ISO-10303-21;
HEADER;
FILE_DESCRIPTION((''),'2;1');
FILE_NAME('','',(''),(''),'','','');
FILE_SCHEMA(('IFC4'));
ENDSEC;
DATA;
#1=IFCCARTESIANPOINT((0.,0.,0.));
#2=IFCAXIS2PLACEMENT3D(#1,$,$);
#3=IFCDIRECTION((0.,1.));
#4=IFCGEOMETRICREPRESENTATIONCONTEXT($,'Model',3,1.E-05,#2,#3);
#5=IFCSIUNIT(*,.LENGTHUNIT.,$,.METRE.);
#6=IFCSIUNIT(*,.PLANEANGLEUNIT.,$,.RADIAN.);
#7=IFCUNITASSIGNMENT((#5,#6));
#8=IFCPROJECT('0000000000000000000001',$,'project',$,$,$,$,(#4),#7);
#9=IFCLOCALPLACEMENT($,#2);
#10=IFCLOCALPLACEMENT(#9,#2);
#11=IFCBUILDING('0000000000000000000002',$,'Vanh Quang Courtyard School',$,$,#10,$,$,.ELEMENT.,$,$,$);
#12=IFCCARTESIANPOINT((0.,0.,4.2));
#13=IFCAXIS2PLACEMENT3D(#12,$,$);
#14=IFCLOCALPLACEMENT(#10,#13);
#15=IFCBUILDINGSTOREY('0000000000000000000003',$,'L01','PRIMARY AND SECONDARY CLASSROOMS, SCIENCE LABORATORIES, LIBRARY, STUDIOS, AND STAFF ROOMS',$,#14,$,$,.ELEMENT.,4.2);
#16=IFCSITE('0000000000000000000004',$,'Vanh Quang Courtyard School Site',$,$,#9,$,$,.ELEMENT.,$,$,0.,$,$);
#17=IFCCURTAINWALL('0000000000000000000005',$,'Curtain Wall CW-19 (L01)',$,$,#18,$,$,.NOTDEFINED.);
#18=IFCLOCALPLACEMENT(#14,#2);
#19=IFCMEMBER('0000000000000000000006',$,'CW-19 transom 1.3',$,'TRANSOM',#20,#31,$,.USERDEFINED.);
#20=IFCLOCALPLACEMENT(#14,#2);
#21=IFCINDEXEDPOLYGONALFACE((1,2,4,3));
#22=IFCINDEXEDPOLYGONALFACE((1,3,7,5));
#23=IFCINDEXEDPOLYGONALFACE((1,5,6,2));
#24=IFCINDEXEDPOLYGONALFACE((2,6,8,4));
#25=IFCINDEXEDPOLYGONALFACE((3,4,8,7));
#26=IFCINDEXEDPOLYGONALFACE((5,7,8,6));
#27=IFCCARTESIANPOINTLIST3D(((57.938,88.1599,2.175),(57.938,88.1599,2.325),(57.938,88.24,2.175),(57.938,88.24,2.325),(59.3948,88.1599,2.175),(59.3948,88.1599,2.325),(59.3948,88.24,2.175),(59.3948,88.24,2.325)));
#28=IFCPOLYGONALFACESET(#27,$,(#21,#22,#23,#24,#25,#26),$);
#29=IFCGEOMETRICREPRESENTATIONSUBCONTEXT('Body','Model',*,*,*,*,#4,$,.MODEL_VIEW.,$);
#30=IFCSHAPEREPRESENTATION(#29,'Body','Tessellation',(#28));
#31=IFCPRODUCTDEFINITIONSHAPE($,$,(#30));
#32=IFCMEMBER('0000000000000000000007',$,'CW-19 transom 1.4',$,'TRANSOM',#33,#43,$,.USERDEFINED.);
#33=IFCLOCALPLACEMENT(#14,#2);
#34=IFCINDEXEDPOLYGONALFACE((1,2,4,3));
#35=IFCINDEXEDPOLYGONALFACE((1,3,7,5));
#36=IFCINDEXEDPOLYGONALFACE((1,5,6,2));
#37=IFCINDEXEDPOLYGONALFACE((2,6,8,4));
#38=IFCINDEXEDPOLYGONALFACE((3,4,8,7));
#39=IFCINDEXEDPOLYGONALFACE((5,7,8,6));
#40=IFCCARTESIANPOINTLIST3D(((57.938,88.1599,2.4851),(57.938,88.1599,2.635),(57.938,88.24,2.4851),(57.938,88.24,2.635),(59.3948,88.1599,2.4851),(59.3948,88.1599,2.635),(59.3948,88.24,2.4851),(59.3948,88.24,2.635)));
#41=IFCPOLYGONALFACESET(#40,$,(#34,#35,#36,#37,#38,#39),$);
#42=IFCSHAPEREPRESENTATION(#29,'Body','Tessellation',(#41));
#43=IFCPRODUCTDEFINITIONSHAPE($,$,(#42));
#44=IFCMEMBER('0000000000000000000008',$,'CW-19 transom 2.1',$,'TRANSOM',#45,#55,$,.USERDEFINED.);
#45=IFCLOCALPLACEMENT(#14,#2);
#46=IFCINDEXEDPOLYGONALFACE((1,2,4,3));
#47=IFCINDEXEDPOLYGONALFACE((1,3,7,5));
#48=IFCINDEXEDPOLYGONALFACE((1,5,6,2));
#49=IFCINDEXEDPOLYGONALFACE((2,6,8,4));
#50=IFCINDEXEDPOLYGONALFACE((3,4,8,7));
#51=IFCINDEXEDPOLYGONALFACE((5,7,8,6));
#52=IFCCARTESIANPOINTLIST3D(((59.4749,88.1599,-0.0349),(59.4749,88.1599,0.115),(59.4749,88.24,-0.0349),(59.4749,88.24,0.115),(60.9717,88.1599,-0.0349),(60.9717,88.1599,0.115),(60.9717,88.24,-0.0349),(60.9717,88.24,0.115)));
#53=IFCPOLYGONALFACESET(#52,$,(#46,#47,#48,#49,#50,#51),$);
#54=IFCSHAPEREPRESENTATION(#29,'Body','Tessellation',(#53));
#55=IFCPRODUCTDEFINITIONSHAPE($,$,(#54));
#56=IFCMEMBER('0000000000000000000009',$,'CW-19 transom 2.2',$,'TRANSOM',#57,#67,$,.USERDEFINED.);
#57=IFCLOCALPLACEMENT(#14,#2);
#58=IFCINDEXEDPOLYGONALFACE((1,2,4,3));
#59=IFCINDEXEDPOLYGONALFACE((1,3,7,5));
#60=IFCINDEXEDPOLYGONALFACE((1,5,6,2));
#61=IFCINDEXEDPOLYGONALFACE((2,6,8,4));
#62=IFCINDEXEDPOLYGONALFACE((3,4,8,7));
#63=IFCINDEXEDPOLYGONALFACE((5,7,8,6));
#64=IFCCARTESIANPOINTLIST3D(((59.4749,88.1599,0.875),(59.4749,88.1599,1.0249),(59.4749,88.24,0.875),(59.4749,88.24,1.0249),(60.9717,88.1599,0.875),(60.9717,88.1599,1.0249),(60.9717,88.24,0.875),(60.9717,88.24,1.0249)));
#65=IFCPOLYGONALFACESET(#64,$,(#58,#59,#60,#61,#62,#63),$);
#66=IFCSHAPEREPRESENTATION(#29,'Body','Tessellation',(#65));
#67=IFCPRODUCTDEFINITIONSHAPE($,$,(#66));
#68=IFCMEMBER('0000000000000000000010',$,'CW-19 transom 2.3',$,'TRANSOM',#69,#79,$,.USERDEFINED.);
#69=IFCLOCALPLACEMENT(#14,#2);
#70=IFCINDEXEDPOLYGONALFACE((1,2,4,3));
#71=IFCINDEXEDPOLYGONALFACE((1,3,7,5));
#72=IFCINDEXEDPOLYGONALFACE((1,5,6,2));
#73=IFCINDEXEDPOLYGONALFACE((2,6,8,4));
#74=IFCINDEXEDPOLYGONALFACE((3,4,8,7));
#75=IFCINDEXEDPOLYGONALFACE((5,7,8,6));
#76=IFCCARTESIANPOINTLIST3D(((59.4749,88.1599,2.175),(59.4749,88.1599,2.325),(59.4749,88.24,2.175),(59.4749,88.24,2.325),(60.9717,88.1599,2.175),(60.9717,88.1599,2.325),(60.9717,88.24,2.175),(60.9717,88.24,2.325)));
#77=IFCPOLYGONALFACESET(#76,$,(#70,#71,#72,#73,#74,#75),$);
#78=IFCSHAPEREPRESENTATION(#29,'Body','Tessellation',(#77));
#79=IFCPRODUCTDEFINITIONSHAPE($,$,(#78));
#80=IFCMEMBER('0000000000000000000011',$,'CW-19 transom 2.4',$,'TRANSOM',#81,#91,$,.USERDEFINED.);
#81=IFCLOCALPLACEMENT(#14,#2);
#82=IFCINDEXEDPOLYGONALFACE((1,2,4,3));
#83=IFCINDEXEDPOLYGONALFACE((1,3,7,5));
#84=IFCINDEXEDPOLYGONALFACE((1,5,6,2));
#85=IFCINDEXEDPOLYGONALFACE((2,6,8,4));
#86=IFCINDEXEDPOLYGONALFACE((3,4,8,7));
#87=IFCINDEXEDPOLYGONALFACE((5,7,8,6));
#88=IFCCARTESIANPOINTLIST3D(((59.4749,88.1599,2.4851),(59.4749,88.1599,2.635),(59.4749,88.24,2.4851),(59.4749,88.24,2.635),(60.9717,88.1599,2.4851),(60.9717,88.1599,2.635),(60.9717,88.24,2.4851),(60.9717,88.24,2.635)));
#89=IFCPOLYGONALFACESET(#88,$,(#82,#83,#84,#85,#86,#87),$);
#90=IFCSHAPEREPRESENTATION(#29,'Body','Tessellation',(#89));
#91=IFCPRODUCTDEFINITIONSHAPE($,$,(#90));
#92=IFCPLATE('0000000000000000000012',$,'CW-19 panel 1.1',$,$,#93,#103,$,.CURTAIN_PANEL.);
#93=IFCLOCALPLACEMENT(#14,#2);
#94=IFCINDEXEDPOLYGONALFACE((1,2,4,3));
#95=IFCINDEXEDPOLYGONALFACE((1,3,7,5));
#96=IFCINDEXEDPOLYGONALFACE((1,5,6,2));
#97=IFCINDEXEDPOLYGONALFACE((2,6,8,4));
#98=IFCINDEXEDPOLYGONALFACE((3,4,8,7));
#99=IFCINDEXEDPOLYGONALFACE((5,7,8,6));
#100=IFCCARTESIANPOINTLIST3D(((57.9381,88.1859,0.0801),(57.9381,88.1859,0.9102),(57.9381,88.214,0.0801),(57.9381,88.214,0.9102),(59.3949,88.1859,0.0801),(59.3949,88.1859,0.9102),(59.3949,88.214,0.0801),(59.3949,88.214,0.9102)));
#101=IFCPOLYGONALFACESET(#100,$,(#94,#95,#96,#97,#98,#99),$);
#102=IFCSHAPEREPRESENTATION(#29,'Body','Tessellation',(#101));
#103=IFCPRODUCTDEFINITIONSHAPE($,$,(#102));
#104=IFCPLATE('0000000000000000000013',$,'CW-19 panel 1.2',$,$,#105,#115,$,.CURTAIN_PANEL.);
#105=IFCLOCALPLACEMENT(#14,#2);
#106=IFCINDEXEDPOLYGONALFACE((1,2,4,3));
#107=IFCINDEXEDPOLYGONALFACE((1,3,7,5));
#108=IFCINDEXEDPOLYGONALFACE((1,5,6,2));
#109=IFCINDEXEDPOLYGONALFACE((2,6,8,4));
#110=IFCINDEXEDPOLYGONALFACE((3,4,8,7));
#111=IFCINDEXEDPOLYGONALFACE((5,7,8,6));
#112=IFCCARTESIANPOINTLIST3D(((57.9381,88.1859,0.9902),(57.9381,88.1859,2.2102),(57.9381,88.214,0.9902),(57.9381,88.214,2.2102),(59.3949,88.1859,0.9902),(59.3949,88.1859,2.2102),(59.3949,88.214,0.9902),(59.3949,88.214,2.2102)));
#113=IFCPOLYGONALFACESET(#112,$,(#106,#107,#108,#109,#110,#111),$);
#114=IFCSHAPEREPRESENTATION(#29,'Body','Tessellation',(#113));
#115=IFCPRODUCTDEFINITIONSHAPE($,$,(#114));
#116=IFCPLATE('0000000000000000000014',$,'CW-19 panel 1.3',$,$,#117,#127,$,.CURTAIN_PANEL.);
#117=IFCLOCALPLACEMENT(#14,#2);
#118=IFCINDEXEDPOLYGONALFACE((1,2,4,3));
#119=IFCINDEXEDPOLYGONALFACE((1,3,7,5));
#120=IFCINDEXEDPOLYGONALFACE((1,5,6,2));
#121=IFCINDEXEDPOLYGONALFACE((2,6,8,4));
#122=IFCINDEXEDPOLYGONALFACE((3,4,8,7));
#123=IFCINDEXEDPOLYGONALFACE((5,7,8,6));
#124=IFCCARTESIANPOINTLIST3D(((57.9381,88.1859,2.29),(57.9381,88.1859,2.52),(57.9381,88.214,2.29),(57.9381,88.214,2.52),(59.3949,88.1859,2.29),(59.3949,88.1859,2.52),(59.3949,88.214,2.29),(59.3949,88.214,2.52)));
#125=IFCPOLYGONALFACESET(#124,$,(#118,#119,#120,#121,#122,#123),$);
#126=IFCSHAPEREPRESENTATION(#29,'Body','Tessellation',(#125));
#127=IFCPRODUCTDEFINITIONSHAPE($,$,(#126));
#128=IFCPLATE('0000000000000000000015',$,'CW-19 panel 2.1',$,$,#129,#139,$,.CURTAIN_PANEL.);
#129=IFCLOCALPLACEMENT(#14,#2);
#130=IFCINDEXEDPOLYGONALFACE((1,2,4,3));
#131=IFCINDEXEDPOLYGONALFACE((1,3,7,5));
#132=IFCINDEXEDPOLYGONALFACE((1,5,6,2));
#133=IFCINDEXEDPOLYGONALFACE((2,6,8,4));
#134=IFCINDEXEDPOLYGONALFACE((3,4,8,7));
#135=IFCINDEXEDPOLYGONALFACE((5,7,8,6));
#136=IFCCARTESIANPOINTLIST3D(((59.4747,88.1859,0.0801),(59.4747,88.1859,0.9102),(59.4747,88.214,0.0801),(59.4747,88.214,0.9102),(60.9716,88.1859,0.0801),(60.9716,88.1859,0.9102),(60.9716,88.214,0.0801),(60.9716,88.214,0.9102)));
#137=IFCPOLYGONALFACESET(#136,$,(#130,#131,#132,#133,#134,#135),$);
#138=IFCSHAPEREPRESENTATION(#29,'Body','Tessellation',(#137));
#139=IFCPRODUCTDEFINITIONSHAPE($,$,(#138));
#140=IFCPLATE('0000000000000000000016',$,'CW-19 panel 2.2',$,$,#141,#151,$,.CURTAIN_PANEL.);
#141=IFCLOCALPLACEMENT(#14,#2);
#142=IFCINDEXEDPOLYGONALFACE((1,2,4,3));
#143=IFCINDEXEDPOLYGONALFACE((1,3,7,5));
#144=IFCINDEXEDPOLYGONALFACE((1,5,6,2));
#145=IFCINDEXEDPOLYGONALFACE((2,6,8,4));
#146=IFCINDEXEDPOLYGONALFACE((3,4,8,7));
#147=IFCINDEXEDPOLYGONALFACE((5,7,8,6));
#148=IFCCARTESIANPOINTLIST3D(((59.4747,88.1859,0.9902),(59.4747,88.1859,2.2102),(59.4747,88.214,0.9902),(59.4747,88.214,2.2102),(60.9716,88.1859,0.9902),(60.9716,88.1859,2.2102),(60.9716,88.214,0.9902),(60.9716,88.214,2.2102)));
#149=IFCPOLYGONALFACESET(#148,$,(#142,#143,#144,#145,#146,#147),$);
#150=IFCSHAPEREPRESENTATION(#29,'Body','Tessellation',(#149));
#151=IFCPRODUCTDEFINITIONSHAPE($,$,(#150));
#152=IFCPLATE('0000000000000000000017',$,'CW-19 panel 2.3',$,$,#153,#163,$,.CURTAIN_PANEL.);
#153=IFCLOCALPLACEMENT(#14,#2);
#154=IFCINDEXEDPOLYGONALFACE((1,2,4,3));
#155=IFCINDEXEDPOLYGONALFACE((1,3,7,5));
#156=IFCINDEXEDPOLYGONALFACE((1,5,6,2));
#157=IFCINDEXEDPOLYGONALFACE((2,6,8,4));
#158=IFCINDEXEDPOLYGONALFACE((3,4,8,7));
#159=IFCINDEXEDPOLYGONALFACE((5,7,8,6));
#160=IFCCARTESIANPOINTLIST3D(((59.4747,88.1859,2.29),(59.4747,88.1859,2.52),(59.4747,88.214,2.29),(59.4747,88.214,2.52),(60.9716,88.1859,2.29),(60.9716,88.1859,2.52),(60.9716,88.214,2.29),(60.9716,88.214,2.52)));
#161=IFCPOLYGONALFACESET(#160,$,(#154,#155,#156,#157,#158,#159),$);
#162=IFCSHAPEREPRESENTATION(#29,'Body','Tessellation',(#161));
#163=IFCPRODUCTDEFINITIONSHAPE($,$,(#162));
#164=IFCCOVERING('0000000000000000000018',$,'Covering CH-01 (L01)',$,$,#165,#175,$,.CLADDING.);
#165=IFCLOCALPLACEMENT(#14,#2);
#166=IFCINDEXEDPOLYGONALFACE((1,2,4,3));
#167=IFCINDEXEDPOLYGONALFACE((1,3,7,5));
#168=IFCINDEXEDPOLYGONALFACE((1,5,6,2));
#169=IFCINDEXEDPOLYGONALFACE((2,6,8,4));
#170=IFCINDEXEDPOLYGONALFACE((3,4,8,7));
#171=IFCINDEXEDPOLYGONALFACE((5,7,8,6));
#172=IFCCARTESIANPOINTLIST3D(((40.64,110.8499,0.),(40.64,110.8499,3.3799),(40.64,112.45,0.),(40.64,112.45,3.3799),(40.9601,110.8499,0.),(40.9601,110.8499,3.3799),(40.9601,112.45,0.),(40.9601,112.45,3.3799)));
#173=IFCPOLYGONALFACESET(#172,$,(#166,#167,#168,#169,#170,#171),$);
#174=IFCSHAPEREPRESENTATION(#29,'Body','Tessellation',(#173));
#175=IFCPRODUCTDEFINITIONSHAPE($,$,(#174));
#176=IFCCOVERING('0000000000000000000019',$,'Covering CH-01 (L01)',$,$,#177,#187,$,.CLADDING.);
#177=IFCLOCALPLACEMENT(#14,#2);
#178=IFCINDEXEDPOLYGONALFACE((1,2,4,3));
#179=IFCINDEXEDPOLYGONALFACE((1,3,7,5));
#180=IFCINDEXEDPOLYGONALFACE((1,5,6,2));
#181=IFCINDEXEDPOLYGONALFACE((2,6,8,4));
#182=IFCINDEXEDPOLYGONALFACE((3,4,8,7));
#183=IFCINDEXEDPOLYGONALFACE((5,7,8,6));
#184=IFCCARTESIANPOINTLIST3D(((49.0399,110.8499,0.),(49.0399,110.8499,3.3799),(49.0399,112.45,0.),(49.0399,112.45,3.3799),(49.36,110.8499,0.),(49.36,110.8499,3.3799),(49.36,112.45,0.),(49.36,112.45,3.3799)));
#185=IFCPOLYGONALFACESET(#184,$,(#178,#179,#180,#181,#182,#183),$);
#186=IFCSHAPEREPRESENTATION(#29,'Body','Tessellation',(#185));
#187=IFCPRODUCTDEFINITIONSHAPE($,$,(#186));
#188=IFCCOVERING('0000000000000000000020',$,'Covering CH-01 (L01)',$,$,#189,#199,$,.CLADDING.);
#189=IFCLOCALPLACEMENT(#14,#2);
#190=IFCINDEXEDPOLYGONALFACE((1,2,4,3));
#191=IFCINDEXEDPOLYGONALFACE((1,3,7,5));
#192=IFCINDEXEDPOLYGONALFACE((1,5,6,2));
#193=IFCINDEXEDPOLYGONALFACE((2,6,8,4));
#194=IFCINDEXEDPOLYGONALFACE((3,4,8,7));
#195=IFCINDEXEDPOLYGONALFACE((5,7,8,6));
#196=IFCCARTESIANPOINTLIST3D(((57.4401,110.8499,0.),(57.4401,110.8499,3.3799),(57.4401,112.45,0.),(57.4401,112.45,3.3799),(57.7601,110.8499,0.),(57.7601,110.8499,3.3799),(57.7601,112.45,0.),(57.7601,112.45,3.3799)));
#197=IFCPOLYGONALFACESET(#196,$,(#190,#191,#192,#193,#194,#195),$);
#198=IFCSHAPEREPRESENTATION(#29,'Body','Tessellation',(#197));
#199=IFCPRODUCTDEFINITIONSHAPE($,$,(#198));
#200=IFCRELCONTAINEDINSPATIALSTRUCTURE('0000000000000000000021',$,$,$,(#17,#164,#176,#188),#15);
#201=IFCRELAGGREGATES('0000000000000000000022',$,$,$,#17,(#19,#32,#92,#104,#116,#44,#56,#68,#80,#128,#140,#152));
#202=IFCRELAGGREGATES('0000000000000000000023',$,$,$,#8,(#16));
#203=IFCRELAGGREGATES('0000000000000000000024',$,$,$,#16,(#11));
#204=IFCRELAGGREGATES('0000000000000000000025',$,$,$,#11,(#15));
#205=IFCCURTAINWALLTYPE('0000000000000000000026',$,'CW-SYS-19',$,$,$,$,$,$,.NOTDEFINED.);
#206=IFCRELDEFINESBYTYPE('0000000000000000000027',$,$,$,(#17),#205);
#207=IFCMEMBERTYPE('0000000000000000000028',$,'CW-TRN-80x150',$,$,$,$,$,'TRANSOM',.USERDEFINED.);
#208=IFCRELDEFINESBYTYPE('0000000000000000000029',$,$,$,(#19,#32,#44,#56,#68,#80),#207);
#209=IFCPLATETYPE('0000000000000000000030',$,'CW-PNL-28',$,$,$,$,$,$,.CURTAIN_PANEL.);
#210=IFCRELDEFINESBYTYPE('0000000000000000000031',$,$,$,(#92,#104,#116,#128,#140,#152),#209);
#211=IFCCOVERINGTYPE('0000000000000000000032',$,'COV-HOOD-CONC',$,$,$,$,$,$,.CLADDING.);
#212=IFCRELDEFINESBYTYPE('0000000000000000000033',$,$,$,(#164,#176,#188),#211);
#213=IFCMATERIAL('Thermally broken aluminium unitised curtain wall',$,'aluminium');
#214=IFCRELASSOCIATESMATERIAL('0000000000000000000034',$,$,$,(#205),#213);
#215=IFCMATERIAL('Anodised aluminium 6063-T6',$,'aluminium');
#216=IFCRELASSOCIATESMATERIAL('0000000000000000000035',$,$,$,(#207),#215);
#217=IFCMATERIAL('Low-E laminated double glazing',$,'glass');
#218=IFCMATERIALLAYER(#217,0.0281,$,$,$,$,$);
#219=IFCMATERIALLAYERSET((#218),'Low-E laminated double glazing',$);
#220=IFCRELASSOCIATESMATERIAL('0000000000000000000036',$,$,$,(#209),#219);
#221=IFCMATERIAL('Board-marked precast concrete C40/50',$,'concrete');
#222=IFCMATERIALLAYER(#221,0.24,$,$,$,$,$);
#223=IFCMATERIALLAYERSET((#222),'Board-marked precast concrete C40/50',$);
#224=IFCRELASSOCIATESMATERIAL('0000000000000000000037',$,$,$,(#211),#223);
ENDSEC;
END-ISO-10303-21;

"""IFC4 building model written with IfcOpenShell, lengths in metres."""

from ifc_helpers import new_model, si_unit, direction, frame, origin, origin_2d, place, context, subcontext, project, spatial, rectangle, extrude, material, layer, layer_set, material_profile, profile_set, type_object, element, aggregate, save


model = new_model("IFC4")

# Units and contexts
model_context = context("Model", 3, precision=1e-05, world=origin(), true_north=direction((0.0, 1.0)))
body_context = subcontext(model_context, "Body", "Model", "MODEL_VIEW")
ifc_project = project(units=[si_unit("LENGTHUNIT", "METRE"), si_unit("PLANEANGLEUNIT", "RADIAN")], contexts=[model_context])

# Site, building, storey
site_placement = place(None, origin())
site = spatial("IfcSite", under=ifc_project, at=site_placement, Name="Vanh Quang Courtyard School Site", CompositionType="ELEMENT", RefElevation=0.0)
building_placement = place(site_placement, origin())
building = spatial("IfcBuilding", under=site, at=building_placement, Name="Vanh Quang Courtyard School", CompositionType="ELEMENT")
storey_placement = place(building_placement, frame((0.0, 0.0, 4.2)))
storey = spatial("IfcBuildingStorey", under=building, at=storey_placement, Name="L01", Description="PRIMARY AND SECONDARY CLASSROOMS, SCIENCE LABORATORIES, LIBRARY, STUDIOS, AND STAFF ROOMS", CompositionType="ELEMENT", Elevation=4.2)

# Curtain wall, members, plates
ifc_material_1 = material(Name="Thermally broken aluminium unitised curtain wall", Category="aluminium")
curtain_wall_type = type_object("IfcCurtainWallType", Name="CW-SYS-19", PredefinedType="NOTDEFINED", material=ifc_material_1)
curtain_wall_placement = place(storey_placement, origin())
curtain_wall = element("IfcCurtainWall", 1, at=curtain_wall_placement, inside=storey, type_object=curtain_wall_type, Name="Curtain Wall CW-19 (L01)", PredefinedType="NOTDEFINED")
ifc_material_2 = material(Name="Anodised aluminium 6063-T6", Category="aluminium")
ifc_material_profile_1 = material_profile(ifc_material_2, rectangle(XDim=0.0801, YDim=0.1499, at=origin_2d()), Name="ALU-TRN 80x150")
ifc_profile_set_1 = profile_set([ifc_material_profile_1], Name="Anodised aluminium 6063-T6")
member_type_1 = type_object("IfcMemberType", Name="CW-TRN-80x150", ElementType="TRANSOM", PredefinedType="USERDEFINED", material=ifc_profile_set_1)
member_1_placement = place(storey_placement, frame((57.938, 88.2, 2.25), z_axis=(1.0, 0.0, 0.0), x_axis=(0.0, 1.0, 0.0)))
member_1 = element("IfcMember", 2, at=member_1_placement, type_object=member_type_1, Name="CW-19 transom 1.3", ObjectType="TRANSOM", PredefinedType="USERDEFINED", context=body_context, shape_type="SweptSolid", body=[
    extrude(rectangle(XDim=0.0801, YDim=0.1499, at=origin_2d()), origin(), (0.0, 0.0, 1.0), 1.4568),
])
member_2_placement = place(storey_placement, frame((57.938, 88.2, 2.5601), z_axis=(1.0, 0.0, 0.0), x_axis=(0.0, 1.0, 0.0)))
member_2 = element("IfcMember", 3, at=member_2_placement, type_object=member_type_1, Name="CW-19 transom 1.4", ObjectType="TRANSOM", PredefinedType="USERDEFINED", context=body_context, shape_type="SweptSolid", body=[
    extrude(rectangle(XDim=0.0801, YDim=0.1499, at=origin_2d()), origin(), (0.0, 0.0, 1.0), 1.4568),
])
member_3_placement = place(storey_placement, frame((59.4749, 88.2, 0.04), z_axis=(1.0, 0.0, 0.0), x_axis=(0.0, 1.0, 0.0)))
member_3 = element("IfcMember", 4, at=member_3_placement, type_object=member_type_1, Name="CW-19 transom 2.1", ObjectType="TRANSOM", PredefinedType="USERDEFINED", context=body_context, shape_type="SweptSolid", body=[
    extrude(rectangle(XDim=0.0801, YDim=0.1499, at=origin_2d()), origin(), (0.0, 0.0, 1.0), 1.4968),
])
member_4_placement = place(storey_placement, frame((59.4749, 88.2, 0.95), z_axis=(1.0, 0.0, 0.0), x_axis=(0.0, 1.0, 0.0)))
member_4 = element("IfcMember", 5, at=member_4_placement, type_object=member_type_1, Name="CW-19 transom 2.2", ObjectType="TRANSOM", PredefinedType="USERDEFINED", context=body_context, shape_type="SweptSolid", body=[
    extrude(rectangle(XDim=0.0801, YDim=0.1499, at=origin_2d()), origin(), (0.0, 0.0, 1.0), 1.4968),
])
member_5_placement = place(storey_placement, frame((59.4749, 88.2, 2.25), z_axis=(1.0, 0.0, 0.0), x_axis=(0.0, 1.0, 0.0)))
member_5 = element("IfcMember", 6, at=member_5_placement, type_object=member_type_1, Name="CW-19 transom 2.3", ObjectType="TRANSOM", PredefinedType="USERDEFINED", context=body_context, shape_type="SweptSolid", body=[
    extrude(rectangle(XDim=0.0801, YDim=0.1499, at=origin_2d()), origin(), (0.0, 0.0, 1.0), 1.4968),
])
member_6_placement = place(storey_placement, frame((59.4749, 88.2, 2.5601), z_axis=(1.0, 0.0, 0.0), x_axis=(0.0, 1.0, 0.0)))
member_6 = element("IfcMember", 7, at=member_6_placement, type_object=member_type_1, Name="CW-19 transom 2.4", ObjectType="TRANSOM", PredefinedType="USERDEFINED", context=body_context, shape_type="SweptSolid", body=[
    extrude(rectangle(XDim=0.0801, YDim=0.1499, at=origin_2d()), origin(), (0.0, 0.0, 1.0), 1.4968),
])
ifc_material_3 = material(Name="Low-E laminated double glazing", Category="glass")
ifc_layer_1 = layer(ifc_material_3, 0.0281)
ifc_layer_set_1 = layer_set([ifc_layer_1], Name="Low-E laminated double glazing")
plate_type = type_object("IfcPlateType", Name="CW-PNL-28", PredefinedType="CURTAIN_PANEL", material=ifc_layer_set_1)
plate_1_placement = place(storey_placement, frame((58.6665, 88.2, 0.0801), z_axis=(0.0, 0.0, 1.0), x_axis=(1.0, 0.0, 0.0)))
plate_1 = element("IfcPlate", 8, at=plate_1_placement, type_object=plate_type, Name="CW-19 panel 1.1", PredefinedType="CURTAIN_PANEL", context=body_context, shape_type="SweptSolid", body=[
    extrude(rectangle(XDim=1.4568, YDim=0.0281, at=origin_2d()), origin(), (0.0, 0.0, 1.0), 0.8301),
])
plate_2_placement = place(storey_placement, frame((58.6665, 88.2, 0.9902), z_axis=(0.0, 0.0, 1.0), x_axis=(1.0, 0.0, 0.0)))
plate_2 = element("IfcPlate", 9, at=plate_2_placement, type_object=plate_type, Name="CW-19 panel 1.2", PredefinedType="CURTAIN_PANEL", context=body_context, shape_type="SweptSolid", body=[
    extrude(rectangle(XDim=1.4568, YDim=0.0281, at=origin_2d()), origin(), (0.0, 0.0, 1.0), 1.22),
])
plate_3_placement = place(storey_placement, frame((58.6665, 88.2, 2.29), z_axis=(0.0, 0.0, 1.0), x_axis=(1.0, 0.0, 0.0)))
plate_3 = element("IfcPlate", 10, at=plate_3_placement, type_object=plate_type, Name="CW-19 panel 1.3", PredefinedType="CURTAIN_PANEL", context=body_context, shape_type="SweptSolid", body=[
    extrude(rectangle(XDim=1.4568, YDim=0.0281, at=origin_2d()), origin(), (0.0, 0.0, 1.0), 0.23),
])
plate_4_placement = place(storey_placement, frame((60.2231, 88.2, 0.0801), z_axis=(0.0, 0.0, 1.0), x_axis=(1.0, 0.0, 0.0)))
plate_4 = element("IfcPlate", 11, at=plate_4_placement, type_object=plate_type, Name="CW-19 panel 2.1", PredefinedType="CURTAIN_PANEL", context=body_context, shape_type="SweptSolid", body=[
    extrude(rectangle(XDim=1.4968, YDim=0.0281, at=origin_2d()), origin(), (0.0, 0.0, 1.0), 0.8301),
])
plate_5_placement = place(storey_placement, frame((60.2231, 88.2, 0.9902), z_axis=(0.0, 0.0, 1.0), x_axis=(1.0, 0.0, 0.0)))
plate_5 = element("IfcPlate", 12, at=plate_5_placement, type_object=plate_type, Name="CW-19 panel 2.2", PredefinedType="CURTAIN_PANEL", context=body_context, shape_type="SweptSolid", body=[
    extrude(rectangle(XDim=1.4968, YDim=0.0281, at=origin_2d()), origin(), (0.0, 0.0, 1.0), 1.22),
])
plate_6_placement = place(storey_placement, frame((60.2231, 88.2, 2.29), z_axis=(0.0, 0.0, 1.0), x_axis=(1.0, 0.0, 0.0)))
plate_6 = element("IfcPlate", 13, at=plate_6_placement, type_object=plate_type, Name="CW-19 panel 2.3", PredefinedType="CURTAIN_PANEL", context=body_context, shape_type="SweptSolid", body=[
    extrude(rectangle(XDim=1.4968, YDim=0.0281, at=origin_2d()), origin(), (0.0, 0.0, 1.0), 0.23),
])
aggregate(curtain_wall, [member_1, member_2, plate_1, plate_2, plate_3, member_3, member_4, member_5, member_6, plate_4, plate_5, plate_6])

# Coverings
ifc_material_4 = material(Name="Board-marked precast concrete C40/50", Category="concrete")
ifc_layer_2 = layer(ifc_material_4, 0.24)
ifc_layer_set_2 = layer_set([ifc_layer_2], Name="Board-marked precast concrete C40/50")
covering_type = type_object("IfcCoveringType", Name="COV-HOOD-CONC", PredefinedType="CLADDING", material=ifc_layer_set_2)
for number, where, z_axis, x_axis, name in (
    (14, (40.8, 111.6499, 0.0), (0.0, 0.0, 1.0), (0.0, 1.0, 0.0), "Covering CH-01 (L01)"),
    (15, (49.2, 111.6499, 0.0), (0.0, 0.0, 1.0), (0.0, 1.0, 0.0), "Covering CH-01 (L01)"),
    (16, (57.6001, 111.6499, 0.0), (0.0, 0.0, 1.0), (0.0, 1.0, 0.0), "Covering CH-01 (L01)"),
):
    element("IfcCovering", number, at=place(storey_placement, frame(where, z_axis=z_axis, x_axis=x_axis)), inside=storey, type_object=covering_type, Name=name, PredefinedType="CLADDING", context=body_context, shape_type="SweptSolid", body=[
        extrude(rectangle(XDim=1.6001, YDim=0.3201, at=origin_2d()), origin(), (0.0, 0.0, 1.0), 3.3799),
    ])

save(model, "model.ifc")
